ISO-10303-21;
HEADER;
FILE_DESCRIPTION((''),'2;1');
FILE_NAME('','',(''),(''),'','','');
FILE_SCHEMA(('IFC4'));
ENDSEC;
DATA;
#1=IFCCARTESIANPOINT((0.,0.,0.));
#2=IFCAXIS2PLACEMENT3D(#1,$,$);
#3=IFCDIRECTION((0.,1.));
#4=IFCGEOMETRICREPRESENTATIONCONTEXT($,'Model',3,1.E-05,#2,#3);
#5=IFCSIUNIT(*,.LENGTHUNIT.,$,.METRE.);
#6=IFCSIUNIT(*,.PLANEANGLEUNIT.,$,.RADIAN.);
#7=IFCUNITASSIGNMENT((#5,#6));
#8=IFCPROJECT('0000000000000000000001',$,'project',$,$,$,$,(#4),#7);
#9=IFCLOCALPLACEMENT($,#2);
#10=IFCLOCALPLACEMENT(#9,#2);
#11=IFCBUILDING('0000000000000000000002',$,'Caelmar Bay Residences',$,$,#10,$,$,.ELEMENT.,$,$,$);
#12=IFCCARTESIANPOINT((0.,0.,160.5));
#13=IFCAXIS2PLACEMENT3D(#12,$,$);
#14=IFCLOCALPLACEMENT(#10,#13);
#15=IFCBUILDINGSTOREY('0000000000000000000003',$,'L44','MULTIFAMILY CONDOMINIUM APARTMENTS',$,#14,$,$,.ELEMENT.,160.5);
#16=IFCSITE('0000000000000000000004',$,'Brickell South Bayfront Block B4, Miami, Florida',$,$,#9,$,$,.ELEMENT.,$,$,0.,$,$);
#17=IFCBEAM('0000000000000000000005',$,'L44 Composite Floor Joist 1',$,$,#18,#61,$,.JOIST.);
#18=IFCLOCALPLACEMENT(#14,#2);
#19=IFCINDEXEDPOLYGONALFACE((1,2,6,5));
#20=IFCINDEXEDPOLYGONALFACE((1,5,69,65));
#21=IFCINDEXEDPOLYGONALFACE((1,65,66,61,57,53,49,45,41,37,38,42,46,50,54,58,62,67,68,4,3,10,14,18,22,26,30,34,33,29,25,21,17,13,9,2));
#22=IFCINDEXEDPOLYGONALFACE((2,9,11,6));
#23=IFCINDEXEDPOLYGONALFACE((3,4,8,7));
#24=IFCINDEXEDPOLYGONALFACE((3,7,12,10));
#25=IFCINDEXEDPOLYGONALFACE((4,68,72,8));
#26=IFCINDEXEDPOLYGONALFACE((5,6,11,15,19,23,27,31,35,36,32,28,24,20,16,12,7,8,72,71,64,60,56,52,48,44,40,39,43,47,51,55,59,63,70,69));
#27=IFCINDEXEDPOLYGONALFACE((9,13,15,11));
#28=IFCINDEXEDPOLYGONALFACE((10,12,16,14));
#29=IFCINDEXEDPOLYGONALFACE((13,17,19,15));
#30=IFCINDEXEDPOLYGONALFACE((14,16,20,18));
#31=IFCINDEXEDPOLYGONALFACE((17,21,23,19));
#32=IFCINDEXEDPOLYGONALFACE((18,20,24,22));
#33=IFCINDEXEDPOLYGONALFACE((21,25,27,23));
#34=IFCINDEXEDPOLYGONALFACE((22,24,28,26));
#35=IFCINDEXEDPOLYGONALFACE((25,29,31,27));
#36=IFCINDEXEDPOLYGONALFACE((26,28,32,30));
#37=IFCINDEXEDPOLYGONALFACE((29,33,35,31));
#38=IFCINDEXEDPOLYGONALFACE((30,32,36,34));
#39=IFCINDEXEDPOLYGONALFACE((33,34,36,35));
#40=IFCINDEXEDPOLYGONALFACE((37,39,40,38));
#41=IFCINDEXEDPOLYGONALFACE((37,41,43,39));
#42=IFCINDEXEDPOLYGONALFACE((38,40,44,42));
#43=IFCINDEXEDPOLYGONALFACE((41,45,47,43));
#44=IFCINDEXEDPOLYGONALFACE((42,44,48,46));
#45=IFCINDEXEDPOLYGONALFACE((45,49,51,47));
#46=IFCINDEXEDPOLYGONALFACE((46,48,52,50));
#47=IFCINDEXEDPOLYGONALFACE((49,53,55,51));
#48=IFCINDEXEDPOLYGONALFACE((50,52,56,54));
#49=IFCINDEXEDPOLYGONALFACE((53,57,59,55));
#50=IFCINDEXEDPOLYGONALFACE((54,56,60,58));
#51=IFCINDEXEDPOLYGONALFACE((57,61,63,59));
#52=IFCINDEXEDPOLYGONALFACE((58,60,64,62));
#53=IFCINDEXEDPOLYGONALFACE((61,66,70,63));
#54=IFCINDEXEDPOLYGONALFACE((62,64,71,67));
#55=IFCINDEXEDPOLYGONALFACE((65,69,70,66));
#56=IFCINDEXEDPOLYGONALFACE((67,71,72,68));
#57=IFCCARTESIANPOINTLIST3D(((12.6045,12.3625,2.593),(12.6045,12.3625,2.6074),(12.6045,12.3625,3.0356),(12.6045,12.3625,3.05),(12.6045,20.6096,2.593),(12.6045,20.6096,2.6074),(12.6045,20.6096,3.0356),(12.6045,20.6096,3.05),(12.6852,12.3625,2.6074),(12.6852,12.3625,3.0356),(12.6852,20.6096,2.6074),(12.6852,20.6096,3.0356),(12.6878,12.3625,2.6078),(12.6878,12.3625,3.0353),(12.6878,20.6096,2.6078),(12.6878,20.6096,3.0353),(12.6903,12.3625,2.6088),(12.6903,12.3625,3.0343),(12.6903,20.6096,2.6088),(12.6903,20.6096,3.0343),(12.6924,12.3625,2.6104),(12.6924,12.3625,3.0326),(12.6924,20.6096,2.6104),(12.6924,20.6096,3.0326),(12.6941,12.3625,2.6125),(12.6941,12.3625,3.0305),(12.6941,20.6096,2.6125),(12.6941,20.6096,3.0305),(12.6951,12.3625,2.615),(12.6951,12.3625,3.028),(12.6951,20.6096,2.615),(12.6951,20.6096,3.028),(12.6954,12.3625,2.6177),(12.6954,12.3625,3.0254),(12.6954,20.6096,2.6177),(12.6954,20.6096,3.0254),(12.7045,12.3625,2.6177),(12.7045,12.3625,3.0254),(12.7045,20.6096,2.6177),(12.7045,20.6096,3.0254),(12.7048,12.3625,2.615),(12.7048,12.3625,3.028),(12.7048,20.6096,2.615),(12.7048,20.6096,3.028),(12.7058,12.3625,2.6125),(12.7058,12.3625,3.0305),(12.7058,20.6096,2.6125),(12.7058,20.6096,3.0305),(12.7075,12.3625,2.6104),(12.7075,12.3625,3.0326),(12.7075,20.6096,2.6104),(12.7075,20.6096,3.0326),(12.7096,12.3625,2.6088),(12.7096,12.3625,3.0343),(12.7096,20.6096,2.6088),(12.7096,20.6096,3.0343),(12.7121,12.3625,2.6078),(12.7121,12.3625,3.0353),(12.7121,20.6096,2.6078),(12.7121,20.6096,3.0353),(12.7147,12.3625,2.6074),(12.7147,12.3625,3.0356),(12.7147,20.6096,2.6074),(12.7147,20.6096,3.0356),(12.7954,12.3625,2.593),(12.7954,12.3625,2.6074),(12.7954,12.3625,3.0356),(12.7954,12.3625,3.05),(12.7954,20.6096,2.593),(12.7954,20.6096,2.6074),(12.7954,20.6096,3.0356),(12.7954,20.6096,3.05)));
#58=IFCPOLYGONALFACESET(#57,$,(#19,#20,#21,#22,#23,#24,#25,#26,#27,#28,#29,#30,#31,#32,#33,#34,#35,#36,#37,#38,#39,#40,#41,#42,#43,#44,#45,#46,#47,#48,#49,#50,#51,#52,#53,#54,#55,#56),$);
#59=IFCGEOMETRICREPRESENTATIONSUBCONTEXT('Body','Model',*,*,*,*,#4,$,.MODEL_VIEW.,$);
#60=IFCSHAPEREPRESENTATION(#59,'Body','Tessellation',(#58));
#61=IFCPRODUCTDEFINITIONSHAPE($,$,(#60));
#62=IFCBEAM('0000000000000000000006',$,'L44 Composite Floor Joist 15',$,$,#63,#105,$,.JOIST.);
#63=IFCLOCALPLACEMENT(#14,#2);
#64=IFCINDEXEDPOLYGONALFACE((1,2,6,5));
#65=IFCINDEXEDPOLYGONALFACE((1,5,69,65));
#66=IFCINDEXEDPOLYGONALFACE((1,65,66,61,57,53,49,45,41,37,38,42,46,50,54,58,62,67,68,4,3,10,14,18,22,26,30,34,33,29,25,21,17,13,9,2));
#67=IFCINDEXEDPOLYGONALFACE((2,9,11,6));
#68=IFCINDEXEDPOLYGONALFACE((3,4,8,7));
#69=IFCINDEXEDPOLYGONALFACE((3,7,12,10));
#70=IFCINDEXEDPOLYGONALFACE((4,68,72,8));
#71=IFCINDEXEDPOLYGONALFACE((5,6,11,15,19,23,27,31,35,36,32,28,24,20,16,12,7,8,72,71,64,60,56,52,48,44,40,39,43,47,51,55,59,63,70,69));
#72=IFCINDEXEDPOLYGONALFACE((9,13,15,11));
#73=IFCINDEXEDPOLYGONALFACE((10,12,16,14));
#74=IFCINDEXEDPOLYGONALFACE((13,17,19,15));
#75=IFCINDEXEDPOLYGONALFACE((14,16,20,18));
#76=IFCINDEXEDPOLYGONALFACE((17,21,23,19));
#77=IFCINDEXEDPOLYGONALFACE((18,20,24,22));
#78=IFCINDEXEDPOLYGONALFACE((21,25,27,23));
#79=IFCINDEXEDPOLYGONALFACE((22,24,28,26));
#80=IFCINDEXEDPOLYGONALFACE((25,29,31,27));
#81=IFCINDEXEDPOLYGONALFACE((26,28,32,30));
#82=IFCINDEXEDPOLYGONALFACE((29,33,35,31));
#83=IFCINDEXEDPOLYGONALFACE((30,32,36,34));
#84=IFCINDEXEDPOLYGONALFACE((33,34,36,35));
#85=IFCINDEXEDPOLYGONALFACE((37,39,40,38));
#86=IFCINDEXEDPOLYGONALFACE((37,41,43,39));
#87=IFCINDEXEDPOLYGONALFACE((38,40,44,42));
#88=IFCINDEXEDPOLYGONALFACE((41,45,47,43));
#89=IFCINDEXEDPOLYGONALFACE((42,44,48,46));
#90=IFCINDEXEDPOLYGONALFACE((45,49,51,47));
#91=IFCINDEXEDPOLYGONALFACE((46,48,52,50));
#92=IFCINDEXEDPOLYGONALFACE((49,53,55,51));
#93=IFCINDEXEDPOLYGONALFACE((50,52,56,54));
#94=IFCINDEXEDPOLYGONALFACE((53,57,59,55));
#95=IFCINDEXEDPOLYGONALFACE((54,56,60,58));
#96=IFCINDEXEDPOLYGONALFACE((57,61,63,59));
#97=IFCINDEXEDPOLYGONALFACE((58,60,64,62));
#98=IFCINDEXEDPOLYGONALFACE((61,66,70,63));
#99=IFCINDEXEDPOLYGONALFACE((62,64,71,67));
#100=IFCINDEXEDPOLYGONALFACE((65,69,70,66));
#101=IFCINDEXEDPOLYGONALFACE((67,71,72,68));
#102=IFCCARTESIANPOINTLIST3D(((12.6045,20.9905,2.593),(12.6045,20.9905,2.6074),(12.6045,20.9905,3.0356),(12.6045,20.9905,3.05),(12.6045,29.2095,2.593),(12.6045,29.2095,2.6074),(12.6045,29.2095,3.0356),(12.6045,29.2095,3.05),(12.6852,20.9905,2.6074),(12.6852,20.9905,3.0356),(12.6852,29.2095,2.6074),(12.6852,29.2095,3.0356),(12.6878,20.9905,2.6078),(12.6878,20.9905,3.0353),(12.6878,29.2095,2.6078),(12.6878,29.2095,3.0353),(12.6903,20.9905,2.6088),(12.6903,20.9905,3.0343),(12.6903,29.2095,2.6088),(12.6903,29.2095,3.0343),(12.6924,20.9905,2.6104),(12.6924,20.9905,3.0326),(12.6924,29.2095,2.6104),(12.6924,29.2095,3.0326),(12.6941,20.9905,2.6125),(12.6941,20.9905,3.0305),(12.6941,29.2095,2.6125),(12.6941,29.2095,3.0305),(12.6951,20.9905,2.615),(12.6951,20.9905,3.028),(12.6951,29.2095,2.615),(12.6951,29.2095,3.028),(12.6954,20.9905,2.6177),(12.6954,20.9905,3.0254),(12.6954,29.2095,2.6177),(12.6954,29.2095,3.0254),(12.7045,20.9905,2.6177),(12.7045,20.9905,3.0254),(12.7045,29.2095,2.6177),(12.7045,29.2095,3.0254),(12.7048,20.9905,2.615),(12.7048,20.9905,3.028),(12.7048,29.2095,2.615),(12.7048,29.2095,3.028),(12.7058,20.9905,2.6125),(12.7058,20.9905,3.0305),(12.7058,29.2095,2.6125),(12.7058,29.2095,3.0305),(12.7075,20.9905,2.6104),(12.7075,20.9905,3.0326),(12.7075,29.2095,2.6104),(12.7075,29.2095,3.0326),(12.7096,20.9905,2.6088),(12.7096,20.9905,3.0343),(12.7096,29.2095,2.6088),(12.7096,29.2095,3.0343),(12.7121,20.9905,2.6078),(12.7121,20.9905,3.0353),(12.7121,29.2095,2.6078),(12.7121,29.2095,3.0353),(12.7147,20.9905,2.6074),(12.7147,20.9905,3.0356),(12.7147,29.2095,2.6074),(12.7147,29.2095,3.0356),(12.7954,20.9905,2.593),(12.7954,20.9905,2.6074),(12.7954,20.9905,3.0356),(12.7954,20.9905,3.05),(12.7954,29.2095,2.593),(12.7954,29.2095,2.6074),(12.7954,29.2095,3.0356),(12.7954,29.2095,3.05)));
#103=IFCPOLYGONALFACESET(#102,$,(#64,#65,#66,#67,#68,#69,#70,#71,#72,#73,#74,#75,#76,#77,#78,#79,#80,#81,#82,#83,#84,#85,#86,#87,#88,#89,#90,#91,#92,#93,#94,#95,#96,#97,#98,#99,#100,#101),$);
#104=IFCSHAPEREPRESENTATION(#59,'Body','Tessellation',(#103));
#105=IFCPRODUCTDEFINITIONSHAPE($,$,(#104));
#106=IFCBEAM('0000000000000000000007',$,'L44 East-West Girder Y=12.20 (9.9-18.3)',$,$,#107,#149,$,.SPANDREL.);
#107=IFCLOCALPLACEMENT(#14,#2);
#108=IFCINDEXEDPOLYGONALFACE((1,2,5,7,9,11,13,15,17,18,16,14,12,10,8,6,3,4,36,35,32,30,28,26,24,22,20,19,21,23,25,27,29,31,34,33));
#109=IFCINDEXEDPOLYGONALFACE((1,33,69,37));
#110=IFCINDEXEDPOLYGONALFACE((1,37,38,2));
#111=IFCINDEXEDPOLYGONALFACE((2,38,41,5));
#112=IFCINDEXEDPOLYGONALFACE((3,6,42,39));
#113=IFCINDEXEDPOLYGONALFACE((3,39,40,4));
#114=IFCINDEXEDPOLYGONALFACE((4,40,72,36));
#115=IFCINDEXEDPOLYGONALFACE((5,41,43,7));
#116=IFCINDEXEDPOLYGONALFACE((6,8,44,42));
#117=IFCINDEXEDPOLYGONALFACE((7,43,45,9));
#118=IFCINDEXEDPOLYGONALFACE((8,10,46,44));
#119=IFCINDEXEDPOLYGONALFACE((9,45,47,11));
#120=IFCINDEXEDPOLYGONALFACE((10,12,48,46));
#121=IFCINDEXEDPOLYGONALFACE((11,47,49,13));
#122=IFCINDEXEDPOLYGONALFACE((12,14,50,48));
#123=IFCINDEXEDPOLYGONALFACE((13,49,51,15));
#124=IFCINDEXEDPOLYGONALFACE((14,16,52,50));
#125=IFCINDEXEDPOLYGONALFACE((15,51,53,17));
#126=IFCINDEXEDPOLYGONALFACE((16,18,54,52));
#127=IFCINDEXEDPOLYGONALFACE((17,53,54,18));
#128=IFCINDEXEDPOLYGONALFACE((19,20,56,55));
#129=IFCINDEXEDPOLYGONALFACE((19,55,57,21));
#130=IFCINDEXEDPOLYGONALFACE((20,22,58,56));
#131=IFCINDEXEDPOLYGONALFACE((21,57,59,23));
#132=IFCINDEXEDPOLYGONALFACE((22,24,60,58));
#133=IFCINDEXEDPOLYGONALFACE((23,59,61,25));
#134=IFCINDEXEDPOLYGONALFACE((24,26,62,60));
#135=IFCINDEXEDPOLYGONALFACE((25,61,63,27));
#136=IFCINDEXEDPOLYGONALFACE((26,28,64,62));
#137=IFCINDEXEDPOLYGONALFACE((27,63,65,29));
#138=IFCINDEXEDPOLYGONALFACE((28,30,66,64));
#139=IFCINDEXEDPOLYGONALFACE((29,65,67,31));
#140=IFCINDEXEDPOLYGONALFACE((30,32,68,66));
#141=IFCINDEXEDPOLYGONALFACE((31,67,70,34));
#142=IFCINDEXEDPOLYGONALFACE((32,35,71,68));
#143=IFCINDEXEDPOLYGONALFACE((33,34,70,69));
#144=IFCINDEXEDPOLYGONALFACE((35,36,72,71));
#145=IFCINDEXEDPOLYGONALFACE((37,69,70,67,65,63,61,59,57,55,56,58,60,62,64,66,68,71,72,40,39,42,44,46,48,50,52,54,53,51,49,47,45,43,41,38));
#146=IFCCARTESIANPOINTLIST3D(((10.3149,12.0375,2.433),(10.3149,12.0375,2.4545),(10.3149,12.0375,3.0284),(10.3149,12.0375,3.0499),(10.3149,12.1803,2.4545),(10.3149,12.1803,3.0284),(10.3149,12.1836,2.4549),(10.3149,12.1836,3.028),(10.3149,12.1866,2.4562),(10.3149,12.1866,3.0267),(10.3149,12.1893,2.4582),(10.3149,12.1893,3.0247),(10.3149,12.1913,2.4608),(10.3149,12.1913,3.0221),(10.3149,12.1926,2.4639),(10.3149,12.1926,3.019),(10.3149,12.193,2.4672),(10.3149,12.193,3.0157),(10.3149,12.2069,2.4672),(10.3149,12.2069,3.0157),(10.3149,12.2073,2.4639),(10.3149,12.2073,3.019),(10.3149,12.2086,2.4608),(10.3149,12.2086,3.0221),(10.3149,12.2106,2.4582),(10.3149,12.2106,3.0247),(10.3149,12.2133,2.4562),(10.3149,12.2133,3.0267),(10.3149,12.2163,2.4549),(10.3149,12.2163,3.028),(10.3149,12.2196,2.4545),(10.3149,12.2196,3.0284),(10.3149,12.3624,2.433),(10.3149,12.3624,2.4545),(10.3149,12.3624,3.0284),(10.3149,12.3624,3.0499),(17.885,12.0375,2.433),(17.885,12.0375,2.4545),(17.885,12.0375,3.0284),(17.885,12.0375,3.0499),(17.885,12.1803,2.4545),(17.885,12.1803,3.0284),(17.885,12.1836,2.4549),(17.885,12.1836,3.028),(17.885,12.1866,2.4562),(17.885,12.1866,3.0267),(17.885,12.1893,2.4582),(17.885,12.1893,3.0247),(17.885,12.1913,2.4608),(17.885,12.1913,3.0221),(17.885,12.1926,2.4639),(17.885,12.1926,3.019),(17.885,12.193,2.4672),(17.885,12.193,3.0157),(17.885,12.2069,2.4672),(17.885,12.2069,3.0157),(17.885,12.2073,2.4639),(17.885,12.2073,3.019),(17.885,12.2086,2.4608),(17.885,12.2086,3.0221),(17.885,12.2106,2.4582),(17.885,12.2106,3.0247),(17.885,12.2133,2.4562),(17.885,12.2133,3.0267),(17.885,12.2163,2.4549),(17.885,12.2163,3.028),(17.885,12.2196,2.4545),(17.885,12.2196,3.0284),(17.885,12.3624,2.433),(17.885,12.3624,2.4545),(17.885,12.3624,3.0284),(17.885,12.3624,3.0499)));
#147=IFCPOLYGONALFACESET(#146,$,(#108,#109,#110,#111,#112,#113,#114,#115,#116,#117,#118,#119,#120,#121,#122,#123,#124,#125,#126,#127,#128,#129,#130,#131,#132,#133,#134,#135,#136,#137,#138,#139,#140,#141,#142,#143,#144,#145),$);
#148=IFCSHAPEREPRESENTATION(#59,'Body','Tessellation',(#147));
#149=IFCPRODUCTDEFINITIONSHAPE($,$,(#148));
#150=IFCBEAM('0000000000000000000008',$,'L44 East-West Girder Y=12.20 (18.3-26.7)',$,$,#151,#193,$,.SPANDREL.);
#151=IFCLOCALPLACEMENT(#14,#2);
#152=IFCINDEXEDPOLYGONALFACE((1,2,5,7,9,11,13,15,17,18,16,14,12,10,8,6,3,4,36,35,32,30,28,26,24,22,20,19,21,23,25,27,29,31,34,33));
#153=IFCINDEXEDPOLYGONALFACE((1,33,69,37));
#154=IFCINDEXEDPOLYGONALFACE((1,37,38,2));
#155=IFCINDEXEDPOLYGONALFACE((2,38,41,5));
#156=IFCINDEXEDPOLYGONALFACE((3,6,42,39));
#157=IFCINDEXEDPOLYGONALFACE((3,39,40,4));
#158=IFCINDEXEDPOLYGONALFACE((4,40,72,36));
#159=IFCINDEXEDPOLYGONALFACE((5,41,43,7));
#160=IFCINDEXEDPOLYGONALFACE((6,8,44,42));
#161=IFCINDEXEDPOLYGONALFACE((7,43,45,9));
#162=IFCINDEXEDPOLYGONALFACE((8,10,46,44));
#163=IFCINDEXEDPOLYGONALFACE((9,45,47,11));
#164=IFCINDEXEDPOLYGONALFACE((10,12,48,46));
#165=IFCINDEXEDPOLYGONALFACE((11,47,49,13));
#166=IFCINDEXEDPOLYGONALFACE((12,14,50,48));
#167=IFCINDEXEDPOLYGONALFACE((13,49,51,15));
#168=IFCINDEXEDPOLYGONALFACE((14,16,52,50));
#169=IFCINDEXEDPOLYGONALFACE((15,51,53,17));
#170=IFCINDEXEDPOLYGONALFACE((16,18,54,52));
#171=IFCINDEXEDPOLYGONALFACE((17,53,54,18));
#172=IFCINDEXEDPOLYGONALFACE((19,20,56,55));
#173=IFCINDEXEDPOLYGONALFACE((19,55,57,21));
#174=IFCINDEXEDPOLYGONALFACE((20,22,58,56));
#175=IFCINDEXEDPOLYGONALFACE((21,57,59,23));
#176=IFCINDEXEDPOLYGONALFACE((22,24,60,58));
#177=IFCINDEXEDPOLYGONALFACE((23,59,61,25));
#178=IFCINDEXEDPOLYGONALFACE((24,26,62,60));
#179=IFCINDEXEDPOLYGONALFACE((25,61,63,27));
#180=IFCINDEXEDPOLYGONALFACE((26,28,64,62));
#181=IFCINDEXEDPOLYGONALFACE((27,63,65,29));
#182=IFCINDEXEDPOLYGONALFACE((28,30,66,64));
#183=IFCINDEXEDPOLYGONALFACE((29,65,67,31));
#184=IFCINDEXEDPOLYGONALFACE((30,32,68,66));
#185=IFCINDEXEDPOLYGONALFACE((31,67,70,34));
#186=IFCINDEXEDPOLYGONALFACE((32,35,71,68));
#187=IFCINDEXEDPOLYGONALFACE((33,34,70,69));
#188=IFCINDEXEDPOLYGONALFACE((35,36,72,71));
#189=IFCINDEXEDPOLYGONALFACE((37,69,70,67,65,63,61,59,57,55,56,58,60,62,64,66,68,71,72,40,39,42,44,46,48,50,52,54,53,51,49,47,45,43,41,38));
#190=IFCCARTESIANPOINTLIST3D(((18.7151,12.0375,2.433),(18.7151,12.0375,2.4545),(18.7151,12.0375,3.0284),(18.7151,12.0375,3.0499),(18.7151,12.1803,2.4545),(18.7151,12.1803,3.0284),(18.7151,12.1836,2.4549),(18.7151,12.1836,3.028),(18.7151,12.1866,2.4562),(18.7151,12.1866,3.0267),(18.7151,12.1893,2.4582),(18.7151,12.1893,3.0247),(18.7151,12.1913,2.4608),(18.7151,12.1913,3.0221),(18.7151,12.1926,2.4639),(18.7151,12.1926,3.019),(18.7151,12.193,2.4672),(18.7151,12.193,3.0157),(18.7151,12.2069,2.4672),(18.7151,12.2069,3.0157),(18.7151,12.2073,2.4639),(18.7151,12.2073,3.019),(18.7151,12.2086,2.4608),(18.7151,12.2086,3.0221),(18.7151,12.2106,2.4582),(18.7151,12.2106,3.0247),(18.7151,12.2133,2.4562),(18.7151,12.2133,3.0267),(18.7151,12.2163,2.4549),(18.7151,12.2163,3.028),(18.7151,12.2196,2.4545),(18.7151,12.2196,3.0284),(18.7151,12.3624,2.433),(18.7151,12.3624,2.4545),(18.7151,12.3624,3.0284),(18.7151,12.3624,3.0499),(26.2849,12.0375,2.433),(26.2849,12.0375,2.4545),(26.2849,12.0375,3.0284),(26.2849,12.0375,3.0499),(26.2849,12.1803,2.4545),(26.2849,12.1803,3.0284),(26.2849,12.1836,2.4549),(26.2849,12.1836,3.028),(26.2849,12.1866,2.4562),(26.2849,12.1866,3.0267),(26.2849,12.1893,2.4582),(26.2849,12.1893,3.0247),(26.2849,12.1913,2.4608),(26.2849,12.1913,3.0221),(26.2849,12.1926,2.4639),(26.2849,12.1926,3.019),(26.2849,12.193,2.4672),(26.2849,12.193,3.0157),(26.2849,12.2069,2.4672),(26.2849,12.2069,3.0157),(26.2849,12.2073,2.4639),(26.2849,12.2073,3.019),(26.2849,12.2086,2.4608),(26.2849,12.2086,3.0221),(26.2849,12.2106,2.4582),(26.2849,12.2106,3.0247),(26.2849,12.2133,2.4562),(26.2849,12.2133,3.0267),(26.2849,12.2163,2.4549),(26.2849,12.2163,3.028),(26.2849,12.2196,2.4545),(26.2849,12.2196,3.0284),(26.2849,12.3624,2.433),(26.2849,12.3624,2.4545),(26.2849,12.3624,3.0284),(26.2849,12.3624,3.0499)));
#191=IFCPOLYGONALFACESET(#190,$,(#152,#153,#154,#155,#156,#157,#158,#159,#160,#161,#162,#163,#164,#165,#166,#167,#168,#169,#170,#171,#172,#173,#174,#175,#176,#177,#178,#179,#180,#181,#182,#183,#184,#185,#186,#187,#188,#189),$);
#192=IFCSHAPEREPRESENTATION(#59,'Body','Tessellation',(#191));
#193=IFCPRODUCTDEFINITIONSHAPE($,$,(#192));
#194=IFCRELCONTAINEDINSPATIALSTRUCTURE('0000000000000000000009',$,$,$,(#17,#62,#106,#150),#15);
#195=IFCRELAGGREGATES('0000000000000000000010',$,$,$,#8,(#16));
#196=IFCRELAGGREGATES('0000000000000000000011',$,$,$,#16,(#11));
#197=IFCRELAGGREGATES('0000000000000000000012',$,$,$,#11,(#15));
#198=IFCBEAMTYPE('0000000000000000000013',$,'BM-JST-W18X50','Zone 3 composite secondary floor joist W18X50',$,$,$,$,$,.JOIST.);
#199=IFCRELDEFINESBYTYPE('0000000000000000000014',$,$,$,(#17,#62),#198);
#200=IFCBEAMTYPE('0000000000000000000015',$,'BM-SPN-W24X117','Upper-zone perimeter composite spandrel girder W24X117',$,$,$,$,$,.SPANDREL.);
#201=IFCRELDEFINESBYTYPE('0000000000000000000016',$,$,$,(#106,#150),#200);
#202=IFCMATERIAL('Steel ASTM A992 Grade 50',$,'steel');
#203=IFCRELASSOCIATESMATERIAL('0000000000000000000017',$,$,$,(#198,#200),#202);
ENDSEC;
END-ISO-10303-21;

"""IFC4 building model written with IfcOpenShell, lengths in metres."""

from ifc_helpers import new_model, si_unit, direction, frame, origin, origin_2d, place, context, subcontext, project, spatial, i_section, extrude, material, material_profile, profile_set, type_object, element, save


model = new_model("IFC4")

# Units and contexts
model_context = context("Model", 3, precision=1e-05, world=origin(), true_north=direction((0.0, 1.0)))
body_context = subcontext(model_context, "Body", "Model", "MODEL_VIEW")
ifc_project = project(units=[si_unit("LENGTHUNIT", "METRE"), si_unit("PLANEANGLEUNIT", "RADIAN")], contexts=[model_context])

# Site, building, storey
site_placement = place(None, origin())
site = spatial("IfcSite", under=ifc_project, at=site_placement, Name="Brickell South Bayfront Block B4, Miami, Florida", CompositionType="ELEMENT", RefElevation=0.0)
building_placement = place(site_placement, origin())
building = spatial("IfcBuilding", under=site, at=building_placement, Name="Caelmar Bay Residences", CompositionType="ELEMENT")
storey_placement = place(building_placement, frame((0.0, 0.0, 160.5)))
storey = spatial("IfcBuildingStorey", under=building, at=storey_placement, Name="L44", Description="MULTIFAMILY CONDOMINIUM APARTMENTS", CompositionType="ELEMENT", Elevation=160.5)

# Beams
ifc_material_1 = material(Name="Steel ASTM A992 Grade 50", Category="steel")
ifc_material_profile_1 = material_profile(ifc_material_1, i_section(OverallWidth=0.1909, OverallDepth=0.457, WebThickness=0.009, FlangeThickness=0.0144, FilletRadius=0.0103, at=origin_2d()), Name="W18X50")
ifc_profile_set_1 = profile_set([ifc_material_profile_1], Name="Steel ASTM A992 Grade 50")
beam_type_1 = type_object("IfcBeamType", Name="BM-JST-W18X50", Description="Zone 3 composite secondary floor joist W18X50", PredefinedType="JOIST", material=ifc_profile_set_1)
beam_1_placement = place(storey_placement, frame((12.7, 12.3625, 2.8215), z_axis=(0.0, 1.0, 0.0), x_axis=(-1.0, 0.0, 0.0)))
element("IfcBeam", 1, at=beam_1_placement, inside=storey, type_object=beam_type_1, Name="L44 Composite Floor Joist 1", PredefinedType="JOIST", context=body_context, shape_type="SweptSolid", body=[
    extrude(i_section(OverallWidth=0.1909, OverallDepth=0.457, WebThickness=0.009, FlangeThickness=0.0144, FilletRadius=0.0103, at=origin_2d()), origin(), (0.0, 0.0, 1.0), 8.2471),
])
beam_2_placement = place(storey_placement, frame((12.7, 20.9905, 2.8215), z_axis=(0.0, 1.0, 0.0), x_axis=(-1.0, 0.0, 0.0)))
element("IfcBeam", 2, at=beam_2_placement, inside=storey, type_object=beam_type_1, Name="L44 Composite Floor Joist 15", PredefinedType="JOIST", context=body_context, shape_type="SweptSolid", body=[
    extrude(i_section(OverallWidth=0.1909, OverallDepth=0.457, WebThickness=0.009, FlangeThickness=0.0144, FilletRadius=0.0103, at=origin_2d()), origin(), (0.0, 0.0, 1.0), 8.219),
])
ifc_material_profile_2 = material_profile(ifc_material_1, i_section(OverallWidth=0.325, OverallDepth=0.6169, WebThickness=0.0139, FlangeThickness=0.0215, FilletRadius=0.0127, at=origin_2d()), Name="W24X117")
ifc_profile_set_2 = profile_set([ifc_material_profile_2], Name="Steel ASTM A992 Grade 50")
beam_type_2 = type_object("IfcBeamType", Name="BM-SPN-W24X117", Description="Upper-zone perimeter composite spandrel girder W24X117", PredefinedType="SPANDREL", material=ifc_profile_set_2)
beam_3_placement = place(storey_placement, frame((10.3149, 12.2, 2.7415), z_axis=(1.0, 0.0, 0.0), x_axis=(0.0, 1.0, 0.0)))
element("IfcBeam", 3, at=beam_3_placement, inside=storey, type_object=beam_type_2, Name="L44 East-West Girder Y=12.20 (9.9-18.3)", PredefinedType="SPANDREL", context=body_context, shape_type="SweptSolid", body=[
    extrude(i_section(OverallWidth=0.325, OverallDepth=0.6169, WebThickness=0.0139, FlangeThickness=0.0215, FilletRadius=0.0127, at=origin_2d()), origin(), (0.0, 0.0, 1.0), 7.5701),
])
beam_4_placement = place(storey_placement, frame((18.7151, 12.2, 2.7415), z_axis=(1.0, 0.0, 0.0), x_axis=(0.0, 1.0, 0.0)))
element("IfcBeam", 4, at=beam_4_placement, inside=storey, type_object=beam_type_2, Name="L44 East-West Girder Y=12.20 (18.3-26.7)", PredefinedType="SPANDREL", context=body_context, shape_type="SweptSolid", body=[
    extrude(i_section(OverallWidth=0.325, OverallDepth=0.6169, WebThickness=0.0139, FlangeThickness=0.0215, FilletRadius=0.0127, at=origin_2d()), origin(), (0.0, 0.0, 1.0), 7.5698),
])

save(model, "model.ifc")
